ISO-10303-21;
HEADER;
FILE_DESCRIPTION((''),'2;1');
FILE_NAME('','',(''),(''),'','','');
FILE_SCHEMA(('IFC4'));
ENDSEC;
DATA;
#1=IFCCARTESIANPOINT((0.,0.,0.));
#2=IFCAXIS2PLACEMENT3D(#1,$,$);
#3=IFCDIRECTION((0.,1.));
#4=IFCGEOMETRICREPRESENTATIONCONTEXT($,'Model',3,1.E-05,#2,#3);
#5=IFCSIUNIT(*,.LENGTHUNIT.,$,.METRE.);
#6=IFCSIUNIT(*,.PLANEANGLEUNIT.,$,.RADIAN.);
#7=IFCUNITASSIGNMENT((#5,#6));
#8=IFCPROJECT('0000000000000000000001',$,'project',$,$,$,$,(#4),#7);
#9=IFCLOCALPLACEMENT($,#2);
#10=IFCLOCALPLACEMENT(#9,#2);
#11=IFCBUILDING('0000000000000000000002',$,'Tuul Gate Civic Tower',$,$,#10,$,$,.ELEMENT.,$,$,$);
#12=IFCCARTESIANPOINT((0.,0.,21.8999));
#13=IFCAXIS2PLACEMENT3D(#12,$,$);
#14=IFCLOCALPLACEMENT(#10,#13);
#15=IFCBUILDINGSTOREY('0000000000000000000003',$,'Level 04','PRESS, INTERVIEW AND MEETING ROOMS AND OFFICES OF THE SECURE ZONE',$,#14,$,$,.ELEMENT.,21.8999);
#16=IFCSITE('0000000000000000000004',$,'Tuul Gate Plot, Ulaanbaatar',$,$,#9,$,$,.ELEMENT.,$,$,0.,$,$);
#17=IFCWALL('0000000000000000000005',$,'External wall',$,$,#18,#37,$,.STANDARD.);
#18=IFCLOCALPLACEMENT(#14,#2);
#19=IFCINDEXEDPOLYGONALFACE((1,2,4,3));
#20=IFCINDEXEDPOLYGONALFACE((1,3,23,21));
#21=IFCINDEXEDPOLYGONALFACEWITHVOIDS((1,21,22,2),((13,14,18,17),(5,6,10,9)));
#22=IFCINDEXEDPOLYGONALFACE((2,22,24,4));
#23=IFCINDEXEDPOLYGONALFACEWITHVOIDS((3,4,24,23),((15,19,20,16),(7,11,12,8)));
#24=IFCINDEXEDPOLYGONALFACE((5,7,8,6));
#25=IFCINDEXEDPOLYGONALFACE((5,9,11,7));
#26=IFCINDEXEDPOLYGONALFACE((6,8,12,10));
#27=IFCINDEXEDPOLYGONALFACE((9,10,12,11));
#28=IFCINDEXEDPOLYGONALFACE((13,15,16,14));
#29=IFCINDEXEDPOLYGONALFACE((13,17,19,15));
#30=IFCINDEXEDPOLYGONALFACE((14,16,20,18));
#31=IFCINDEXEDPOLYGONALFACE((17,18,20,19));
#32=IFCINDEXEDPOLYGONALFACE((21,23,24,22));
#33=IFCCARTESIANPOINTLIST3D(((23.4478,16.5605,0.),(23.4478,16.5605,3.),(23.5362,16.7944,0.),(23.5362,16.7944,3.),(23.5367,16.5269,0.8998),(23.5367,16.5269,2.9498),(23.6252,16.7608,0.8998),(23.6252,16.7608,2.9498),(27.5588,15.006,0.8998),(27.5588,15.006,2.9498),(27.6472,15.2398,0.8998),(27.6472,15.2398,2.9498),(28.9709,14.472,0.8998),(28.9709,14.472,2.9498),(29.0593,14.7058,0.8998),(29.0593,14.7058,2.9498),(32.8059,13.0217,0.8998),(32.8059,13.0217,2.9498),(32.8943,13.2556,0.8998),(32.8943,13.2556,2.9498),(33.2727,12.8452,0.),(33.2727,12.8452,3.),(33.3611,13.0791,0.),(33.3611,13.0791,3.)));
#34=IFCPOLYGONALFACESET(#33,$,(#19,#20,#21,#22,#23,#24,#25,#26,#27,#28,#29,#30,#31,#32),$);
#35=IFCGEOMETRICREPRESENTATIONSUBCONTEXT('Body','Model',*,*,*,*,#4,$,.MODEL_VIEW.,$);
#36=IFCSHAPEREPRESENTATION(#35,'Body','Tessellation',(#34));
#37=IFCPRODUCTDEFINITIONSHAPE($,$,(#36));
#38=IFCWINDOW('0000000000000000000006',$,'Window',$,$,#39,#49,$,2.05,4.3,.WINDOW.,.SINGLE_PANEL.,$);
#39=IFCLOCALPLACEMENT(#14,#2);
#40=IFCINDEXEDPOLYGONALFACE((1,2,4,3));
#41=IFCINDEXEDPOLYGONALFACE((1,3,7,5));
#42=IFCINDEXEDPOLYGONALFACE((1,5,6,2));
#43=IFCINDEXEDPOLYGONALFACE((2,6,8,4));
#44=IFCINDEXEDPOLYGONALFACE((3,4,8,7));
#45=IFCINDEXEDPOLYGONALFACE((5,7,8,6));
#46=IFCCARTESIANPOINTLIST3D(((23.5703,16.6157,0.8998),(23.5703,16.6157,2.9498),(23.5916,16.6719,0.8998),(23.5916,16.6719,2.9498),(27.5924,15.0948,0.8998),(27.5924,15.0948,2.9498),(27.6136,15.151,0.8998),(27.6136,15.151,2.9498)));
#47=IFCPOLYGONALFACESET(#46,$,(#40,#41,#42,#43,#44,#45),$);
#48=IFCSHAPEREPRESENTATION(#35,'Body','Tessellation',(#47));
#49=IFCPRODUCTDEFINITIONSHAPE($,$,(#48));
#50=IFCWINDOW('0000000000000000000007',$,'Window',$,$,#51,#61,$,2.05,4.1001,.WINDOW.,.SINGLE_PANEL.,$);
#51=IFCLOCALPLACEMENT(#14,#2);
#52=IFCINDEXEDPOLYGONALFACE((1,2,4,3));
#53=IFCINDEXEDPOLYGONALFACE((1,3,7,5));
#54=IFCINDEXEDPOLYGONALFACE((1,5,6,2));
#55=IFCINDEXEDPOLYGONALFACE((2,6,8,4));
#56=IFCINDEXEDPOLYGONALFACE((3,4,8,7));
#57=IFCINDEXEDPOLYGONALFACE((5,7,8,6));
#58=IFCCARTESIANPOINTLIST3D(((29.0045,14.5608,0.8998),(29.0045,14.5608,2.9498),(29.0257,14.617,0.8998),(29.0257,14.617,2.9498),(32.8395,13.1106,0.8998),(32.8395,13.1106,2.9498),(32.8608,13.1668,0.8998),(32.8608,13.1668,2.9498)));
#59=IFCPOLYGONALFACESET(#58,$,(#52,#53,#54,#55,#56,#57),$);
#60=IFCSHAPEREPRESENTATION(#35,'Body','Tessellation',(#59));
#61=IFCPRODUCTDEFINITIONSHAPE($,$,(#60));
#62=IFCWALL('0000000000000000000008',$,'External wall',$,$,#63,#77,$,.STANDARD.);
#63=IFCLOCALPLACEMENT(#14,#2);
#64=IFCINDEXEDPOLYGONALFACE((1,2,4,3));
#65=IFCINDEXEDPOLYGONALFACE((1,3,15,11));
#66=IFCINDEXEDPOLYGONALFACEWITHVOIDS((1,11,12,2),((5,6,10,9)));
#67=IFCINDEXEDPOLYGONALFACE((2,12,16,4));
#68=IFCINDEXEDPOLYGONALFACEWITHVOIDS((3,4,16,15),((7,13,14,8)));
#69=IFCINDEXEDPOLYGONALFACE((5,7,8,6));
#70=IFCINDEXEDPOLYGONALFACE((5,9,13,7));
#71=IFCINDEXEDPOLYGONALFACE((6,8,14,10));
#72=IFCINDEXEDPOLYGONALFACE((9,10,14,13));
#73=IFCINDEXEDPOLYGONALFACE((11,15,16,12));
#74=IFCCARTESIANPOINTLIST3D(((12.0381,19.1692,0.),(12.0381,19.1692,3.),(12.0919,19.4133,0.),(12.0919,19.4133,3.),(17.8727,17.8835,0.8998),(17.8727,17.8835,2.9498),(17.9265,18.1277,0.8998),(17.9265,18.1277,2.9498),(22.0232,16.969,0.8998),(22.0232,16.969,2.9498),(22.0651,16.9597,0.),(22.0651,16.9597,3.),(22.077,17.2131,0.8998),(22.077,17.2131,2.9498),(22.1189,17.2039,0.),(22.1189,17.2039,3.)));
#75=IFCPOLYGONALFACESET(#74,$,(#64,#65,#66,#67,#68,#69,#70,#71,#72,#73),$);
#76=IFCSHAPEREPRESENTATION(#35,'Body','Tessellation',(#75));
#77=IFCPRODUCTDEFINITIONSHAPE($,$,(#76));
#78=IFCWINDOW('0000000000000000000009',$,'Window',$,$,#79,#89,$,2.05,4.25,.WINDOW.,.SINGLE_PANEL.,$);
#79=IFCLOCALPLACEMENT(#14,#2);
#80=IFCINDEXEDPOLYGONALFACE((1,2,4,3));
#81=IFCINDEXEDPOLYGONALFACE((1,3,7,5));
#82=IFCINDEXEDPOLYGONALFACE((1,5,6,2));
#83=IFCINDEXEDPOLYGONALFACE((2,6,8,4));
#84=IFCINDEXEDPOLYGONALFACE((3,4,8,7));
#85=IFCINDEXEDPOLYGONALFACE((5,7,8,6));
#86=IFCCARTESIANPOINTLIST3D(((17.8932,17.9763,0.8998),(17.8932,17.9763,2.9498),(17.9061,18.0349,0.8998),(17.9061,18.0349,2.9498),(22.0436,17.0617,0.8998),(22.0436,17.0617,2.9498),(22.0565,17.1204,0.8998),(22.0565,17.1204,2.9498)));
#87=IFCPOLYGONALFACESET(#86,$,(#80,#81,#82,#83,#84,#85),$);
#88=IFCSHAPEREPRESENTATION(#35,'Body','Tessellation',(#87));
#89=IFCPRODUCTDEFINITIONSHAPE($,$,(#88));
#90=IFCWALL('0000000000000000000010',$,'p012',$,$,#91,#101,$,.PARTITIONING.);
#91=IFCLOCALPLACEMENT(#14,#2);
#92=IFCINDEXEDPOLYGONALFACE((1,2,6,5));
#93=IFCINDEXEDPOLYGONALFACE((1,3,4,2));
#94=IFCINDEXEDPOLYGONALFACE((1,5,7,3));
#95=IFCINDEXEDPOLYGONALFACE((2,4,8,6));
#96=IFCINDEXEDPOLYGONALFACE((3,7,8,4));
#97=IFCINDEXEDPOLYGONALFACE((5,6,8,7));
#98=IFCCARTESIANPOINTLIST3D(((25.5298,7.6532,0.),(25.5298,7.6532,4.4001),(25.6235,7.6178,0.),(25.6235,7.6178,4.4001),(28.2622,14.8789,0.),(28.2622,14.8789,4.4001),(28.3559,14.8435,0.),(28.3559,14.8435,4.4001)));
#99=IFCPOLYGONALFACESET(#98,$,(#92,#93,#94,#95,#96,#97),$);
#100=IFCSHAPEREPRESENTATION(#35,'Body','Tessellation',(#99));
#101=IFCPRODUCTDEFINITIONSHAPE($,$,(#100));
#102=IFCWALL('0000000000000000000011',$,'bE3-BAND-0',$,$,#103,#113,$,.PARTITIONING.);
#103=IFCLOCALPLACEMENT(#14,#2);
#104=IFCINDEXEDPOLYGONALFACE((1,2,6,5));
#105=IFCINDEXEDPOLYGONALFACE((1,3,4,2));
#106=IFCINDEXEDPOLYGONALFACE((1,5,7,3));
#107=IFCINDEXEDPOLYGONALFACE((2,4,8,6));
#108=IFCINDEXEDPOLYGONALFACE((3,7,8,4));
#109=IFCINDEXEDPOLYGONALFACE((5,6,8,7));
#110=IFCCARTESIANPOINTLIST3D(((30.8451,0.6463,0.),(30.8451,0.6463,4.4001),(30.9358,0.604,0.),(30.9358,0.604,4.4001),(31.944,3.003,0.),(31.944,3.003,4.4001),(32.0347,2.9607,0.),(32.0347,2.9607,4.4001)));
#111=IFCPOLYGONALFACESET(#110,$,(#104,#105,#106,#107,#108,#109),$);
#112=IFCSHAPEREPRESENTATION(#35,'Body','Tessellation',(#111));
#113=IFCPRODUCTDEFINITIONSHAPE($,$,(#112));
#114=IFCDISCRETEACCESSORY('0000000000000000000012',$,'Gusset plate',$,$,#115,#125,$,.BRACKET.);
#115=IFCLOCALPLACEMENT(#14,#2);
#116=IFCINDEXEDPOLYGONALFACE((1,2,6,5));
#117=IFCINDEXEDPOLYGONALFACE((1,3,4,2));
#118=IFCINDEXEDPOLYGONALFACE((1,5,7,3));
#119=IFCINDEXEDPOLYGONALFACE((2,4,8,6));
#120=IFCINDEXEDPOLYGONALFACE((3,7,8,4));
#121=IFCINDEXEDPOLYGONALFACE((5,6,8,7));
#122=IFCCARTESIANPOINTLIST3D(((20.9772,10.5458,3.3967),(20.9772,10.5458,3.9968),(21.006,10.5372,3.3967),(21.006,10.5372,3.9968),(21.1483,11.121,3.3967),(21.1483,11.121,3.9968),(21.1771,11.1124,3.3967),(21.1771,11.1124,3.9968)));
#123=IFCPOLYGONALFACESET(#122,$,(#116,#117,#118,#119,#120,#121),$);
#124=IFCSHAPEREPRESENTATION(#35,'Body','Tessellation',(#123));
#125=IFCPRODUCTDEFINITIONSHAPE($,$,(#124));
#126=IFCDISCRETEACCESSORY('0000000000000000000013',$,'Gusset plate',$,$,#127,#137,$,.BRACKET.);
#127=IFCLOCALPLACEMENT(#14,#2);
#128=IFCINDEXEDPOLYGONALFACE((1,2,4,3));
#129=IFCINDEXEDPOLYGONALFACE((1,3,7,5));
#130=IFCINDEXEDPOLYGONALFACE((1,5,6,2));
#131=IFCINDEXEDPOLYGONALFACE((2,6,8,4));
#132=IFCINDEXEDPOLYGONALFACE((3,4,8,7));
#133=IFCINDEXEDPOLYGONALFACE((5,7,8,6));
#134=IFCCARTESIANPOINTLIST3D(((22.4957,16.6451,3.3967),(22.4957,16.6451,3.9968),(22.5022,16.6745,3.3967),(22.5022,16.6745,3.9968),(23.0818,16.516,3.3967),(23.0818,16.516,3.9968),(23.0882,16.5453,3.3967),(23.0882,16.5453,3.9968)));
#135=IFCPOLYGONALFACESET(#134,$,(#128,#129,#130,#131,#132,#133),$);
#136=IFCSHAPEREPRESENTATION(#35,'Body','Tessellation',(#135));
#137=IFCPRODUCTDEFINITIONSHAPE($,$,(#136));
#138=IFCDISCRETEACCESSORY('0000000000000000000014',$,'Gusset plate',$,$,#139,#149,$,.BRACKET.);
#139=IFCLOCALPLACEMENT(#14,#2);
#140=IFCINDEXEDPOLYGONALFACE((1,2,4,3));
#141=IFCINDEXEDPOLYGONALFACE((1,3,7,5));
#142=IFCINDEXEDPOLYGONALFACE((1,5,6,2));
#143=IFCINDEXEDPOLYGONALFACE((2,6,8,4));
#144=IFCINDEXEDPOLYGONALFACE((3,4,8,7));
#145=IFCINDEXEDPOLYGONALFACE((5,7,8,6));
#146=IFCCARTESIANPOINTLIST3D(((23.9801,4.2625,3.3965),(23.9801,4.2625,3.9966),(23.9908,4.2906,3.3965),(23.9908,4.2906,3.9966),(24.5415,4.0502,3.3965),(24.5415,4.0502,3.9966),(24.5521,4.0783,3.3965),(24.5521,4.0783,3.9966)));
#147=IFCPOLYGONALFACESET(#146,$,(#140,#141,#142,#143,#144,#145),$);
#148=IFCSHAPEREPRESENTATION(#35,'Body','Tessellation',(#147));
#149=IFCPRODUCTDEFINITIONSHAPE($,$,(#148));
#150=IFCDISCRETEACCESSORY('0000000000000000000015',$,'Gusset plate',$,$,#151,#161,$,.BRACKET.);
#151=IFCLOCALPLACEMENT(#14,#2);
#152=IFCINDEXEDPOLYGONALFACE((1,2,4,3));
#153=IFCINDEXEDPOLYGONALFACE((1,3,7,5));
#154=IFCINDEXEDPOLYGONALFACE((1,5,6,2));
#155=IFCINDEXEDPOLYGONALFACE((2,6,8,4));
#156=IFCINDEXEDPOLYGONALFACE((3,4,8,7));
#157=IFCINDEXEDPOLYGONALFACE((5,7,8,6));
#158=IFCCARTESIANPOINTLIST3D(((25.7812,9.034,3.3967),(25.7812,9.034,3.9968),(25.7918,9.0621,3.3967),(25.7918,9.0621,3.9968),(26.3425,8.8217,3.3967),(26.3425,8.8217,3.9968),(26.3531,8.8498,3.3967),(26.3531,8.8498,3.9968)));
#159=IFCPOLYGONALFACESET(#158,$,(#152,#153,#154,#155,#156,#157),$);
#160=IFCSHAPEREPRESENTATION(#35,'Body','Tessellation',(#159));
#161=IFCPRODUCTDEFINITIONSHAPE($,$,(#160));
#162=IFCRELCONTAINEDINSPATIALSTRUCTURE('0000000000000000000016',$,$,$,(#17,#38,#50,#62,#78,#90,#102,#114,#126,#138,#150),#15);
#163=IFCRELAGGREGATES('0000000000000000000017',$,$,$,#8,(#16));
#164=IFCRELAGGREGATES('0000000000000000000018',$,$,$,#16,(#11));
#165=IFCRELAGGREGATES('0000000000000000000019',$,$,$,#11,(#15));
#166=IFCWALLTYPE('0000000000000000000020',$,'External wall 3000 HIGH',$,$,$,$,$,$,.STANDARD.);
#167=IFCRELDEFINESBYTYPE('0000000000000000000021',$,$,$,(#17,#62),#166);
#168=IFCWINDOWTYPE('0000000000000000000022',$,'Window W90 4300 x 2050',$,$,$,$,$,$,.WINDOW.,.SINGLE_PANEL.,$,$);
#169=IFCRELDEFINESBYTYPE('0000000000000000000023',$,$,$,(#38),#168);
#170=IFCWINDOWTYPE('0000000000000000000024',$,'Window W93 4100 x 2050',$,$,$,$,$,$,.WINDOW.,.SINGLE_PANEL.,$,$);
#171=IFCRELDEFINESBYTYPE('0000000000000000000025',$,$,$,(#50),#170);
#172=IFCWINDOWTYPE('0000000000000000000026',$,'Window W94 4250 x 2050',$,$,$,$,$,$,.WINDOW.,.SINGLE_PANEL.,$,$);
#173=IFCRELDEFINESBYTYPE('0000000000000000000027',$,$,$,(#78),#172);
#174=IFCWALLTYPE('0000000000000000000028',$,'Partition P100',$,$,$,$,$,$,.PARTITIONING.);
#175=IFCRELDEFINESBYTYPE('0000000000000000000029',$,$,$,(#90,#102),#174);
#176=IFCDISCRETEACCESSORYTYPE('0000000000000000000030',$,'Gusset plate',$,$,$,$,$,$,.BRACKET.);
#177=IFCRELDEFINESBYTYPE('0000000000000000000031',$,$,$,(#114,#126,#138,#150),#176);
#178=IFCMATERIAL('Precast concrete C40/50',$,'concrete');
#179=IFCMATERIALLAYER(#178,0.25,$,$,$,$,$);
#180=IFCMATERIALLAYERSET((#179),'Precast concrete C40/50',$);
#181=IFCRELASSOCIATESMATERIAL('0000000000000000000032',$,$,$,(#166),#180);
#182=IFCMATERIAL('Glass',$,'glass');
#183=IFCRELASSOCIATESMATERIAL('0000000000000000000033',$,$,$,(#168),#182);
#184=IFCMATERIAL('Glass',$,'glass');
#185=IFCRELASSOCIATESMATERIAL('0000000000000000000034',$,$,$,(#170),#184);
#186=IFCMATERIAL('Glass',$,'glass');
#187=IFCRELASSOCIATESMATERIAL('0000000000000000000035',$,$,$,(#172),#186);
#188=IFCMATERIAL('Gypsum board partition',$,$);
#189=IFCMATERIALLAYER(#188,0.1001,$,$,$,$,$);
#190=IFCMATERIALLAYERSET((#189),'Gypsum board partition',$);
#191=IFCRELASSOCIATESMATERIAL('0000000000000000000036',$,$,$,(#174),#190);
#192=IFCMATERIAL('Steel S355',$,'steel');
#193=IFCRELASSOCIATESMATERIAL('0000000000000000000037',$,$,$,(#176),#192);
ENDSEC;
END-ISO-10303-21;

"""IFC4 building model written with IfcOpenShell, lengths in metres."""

from ifc_helpers import new_model, si_unit, direction, frame, frame_2d, origin, origin_2d, place, context, subcontext, project, spatial, rectangle, extrude, material, layer, layer_set, type_object, element, fill, save


model = new_model("IFC4")

# Units and contexts
model_context = context("Model", 3, precision=1e-05, world=origin(), true_north=direction((0.0, 1.0)))
body_context = subcontext(model_context, "Body", "Model", "MODEL_VIEW")
ifc_project = project(units=[si_unit("LENGTHUNIT", "METRE"), si_unit("PLANEANGLEUNIT", "RADIAN")], contexts=[model_context])

# Site, building, storey
site_placement = place(None, origin())
site = spatial("IfcSite", under=ifc_project, at=site_placement, Name="Tuul Gate Plot, Ulaanbaatar", CompositionType="ELEMENT", RefElevation=0.0)
building_placement = place(site_placement, origin())
building = spatial("IfcBuilding", under=site, at=building_placement, Name="Tuul Gate Civic Tower", CompositionType="ELEMENT")
storey_placement = place(building_placement, frame((0.0, 0.0, 21.8999)))
storey = spatial("IfcBuildingStorey", under=building, at=storey_placement, Name="Level 04", Description="PRESS, INTERVIEW AND MEETING ROOMS AND OFFICES OF THE SECURE ZONE", CompositionType="ELEMENT", Elevation=21.8999)

# Wall, openings, windows
ifc_material_1 = material(Name="Precast concrete C40/50", Category="concrete")
ifc_layer_1 = layer(ifc_material_1, 0.25)
ifc_layer_set_1 = layer_set([ifc_layer_1], Name="Precast concrete C40/50")
wall_type_1 = type_object("IfcWallType", Name="External wall 3000 HIGH", PredefinedType="STANDARD", material=ifc_layer_set_1)
wall_1_placement = place(storey_placement, frame((33.3169, 12.9622, 0.0), z_axis=(0.0, 0.0, 1.0), x_axis=(-0.935356, 0.353707, 0.0)))
wall_1 = element("IfcWall", 1, at=wall_1_placement, inside=storey, type_object=wall_type_1, Name="External wall", PredefinedType="STANDARD", context=body_context, shape_type="SweptSolid", body=[
    extrude(rectangle(XDim=10.5039, YDim=0.25, at=frame_2d((5.252, 0.0))), origin(), (0.0, 0.0, 1.0), 3.0),
])
opening_1_placement = place(wall_1_placement, frame((0.499, 0.0, 0.8999)))
opening_1 = element("IfcOpeningElement", 2, at=opening_1_placement, cuts=wall_1, PredefinedType="OPENING", context=body_context, shape_type="SweptSolid", body=[
    extrude(rectangle(XDim=4.1001, YDim=2.05, at=frame_2d((2.05, 1.0249))), frame((0.0, 0.135, 0.0), z_axis=(0.0, -1.0, 0.0), x_axis=(1.0, 0.0, 0.0)), (0.0, 0.0, 1.0), 0.27),
])
opening_2_placement = place(wall_1_placement, frame((6.1089, 0.0, 0.8999)))
opening_2 = element("IfcOpeningElement", 3, at=opening_2_placement, cuts=wall_1, PredefinedType="OPENING", context=body_context, shape_type="SweptSolid", body=[
    extrude(rectangle(XDim=4.3, YDim=2.05, at=frame_2d((2.1499, 1.0249))), frame((0.0, 0.135, 0.0), z_axis=(0.0, -1.0, 0.0), x_axis=(1.0, 0.0, 0.0)), (0.0, 0.0, 1.0), 0.27),
])
ifc_material_2 = material(Name="Glass", Category="glass")
window_type_1 = type_object("IfcWindowType", Name="Window W90 4300 x 2050", PartitioningType="SINGLE_PANEL", PredefinedType="WINDOW", material=ifc_material_2)
window_1_placement = place(opening_2_placement, origin())
window_1 = element("IfcWindow", 4, at=window_1_placement, inside=storey, type_object=window_type_1, Name="Window", OverallHeight=2.05, OverallWidth=4.3, PartitioningType="SINGLE_PANEL", PredefinedType="WINDOW", context=body_context, shape_type="SweptSolid", body=[
    extrude(rectangle(XDim=4.3, YDim=2.05, at=frame_2d((2.1499, 1.0249))), frame((0.0, 0.03, 0.0), z_axis=(0.0, -1.0, 0.0), x_axis=(1.0, 0.0, 0.0)), (0.0, 0.0, 1.0), 0.0601),
])
fill(opening_2, window_1)
ifc_material_3 = material(Name="Glass", Category="glass")
window_type_2 = type_object("IfcWindowType", Name="Window W93 4100 x 2050", PartitioningType="SINGLE_PANEL", PredefinedType="WINDOW", material=ifc_material_3)
window_2_placement = place(opening_1_placement, origin())
window_2 = element("IfcWindow", 5, at=window_2_placement, inside=storey, type_object=window_type_2, Name="Window", OverallHeight=2.05, OverallWidth=4.1001, PartitioningType="SINGLE_PANEL", PredefinedType="WINDOW", context=body_context, shape_type="SweptSolid", body=[
    extrude(rectangle(XDim=4.1001, YDim=2.05, at=frame_2d((2.05, 1.0249))), frame((0.0, 0.03, 0.0), z_axis=(0.0, -1.0, 0.0), x_axis=(1.0, 0.0, 0.0)), (0.0, 0.0, 1.0), 0.0601),
])
fill(opening_1, window_2)

# Wall, opening, window
wall_2_placement = place(storey_placement, frame((22.092, 17.0818, 0.0), z_axis=(0.0, 0.0, 1.0), x_axis=(-0.976573, 0.215188, 0.0)))
wall_2 = element("IfcWall", 6, at=wall_2_placement, inside=storey, type_object=wall_type_1, Name="External wall", PredefinedType="STANDARD", context=body_context, shape_type="SweptSolid", body=[
    extrude(rectangle(XDim=10.2676, YDim=0.25, at=frame_2d((5.1338, 0.0))), origin(), (0.0, 0.0, 1.0), 3.0),
])
opening_3_placement = place(wall_2_placement, frame((0.043, 0.0, 0.8999)))
opening_3 = element("IfcOpeningElement", 7, at=opening_3_placement, cuts=wall_2, PredefinedType="OPENING", context=body_context, shape_type="SweptSolid", body=[
    extrude(rectangle(XDim=4.25, YDim=2.05, at=frame_2d((2.125, 1.0249))), frame((0.0, 0.135, 0.0), z_axis=(0.0, -1.0, 0.0), x_axis=(1.0, 0.0, 0.0)), (0.0, 0.0, 1.0), 0.27),
])
ifc_material_4 = material(Name="Glass", Category="glass")
window_type_3 = type_object("IfcWindowType", Name="Window W94 4250 x 2050", PartitioningType="SINGLE_PANEL", PredefinedType="WINDOW", material=ifc_material_4)
window_3_placement = place(opening_3_placement, origin())
window_3 = element("IfcWindow", 8, at=window_3_placement, inside=storey, type_object=window_type_3, Name="Window", OverallHeight=2.05, OverallWidth=4.25, PartitioningType="SINGLE_PANEL", PredefinedType="WINDOW", context=body_context, shape_type="SweptSolid", body=[
    extrude(rectangle(XDim=4.25, YDim=2.05, at=frame_2d((2.125, 1.0249))), frame((0.0, 0.03, 0.0), z_axis=(0.0, -1.0, 0.0), x_axis=(1.0, 0.0, 0.0)), (0.0, 0.0, 1.0), 0.0601),
])
fill(opening_3, window_3)

# Walls
ifc_material_5 = material(Name="Gypsum board partition")
ifc_layer_2 = layer(ifc_material_5, 0.1001)
ifc_layer_set_2 = layer_set([ifc_layer_2], Name="Gypsum board partition")
wall_type_2 = type_object("IfcWallType", Name="Partition P100", PredefinedType="PARTITIONING", material=ifc_layer_set_2)
wall_3_placement = place(storey_placement, frame((25.5767, 7.6355, 0.0), z_axis=(0.0, 0.0, 1.0), x_axis=(0.353702, 0.935358, 0.0)))
element("IfcWall", 9, at=wall_3_placement, inside=storey, type_object=wall_type_2, Name="p012", PredefinedType="PARTITIONING", context=body_context, shape_type="SweptSolid", body=[
    extrude(rectangle(XDim=7.7251, YDim=0.1001, at=frame_2d((3.8625, 0.0))), origin(), (0.0, 0.0, 1.0), 4.4001),
])
wall_4_placement = place(storey_placement, frame((30.8904, 0.625, 0.0), z_axis=(0.0, 0.0, 1.0), x_axis=(0.422598, 0.906317, 0.0)))
element("IfcWall", 10, at=wall_4_placement, inside=storey, type_object=wall_type_2, Name="bE3-BAND-0", PredefinedType="PARTITIONING", context=body_context, shape_type="SweptSolid", body=[
    extrude(rectangle(XDim=2.6003, YDim=0.1001, at=frame_2d((1.3003, 0.0))), origin(), (0.0, 0.0, 1.0), 4.4001),
])

# Discrete accessories
ifc_material_6 = material(Name="Steel S355", Category="steel")
discrete_accessory_type = type_object("IfcDiscreteAccessoryType", Name="Gusset plate", PredefinedType="BRACKET", material=ifc_material_6)
for number, where, z_axis, x_axis, name in (
    (11, (21.0771, 10.8291, 3.3967), (0.0, 0.0, 1.0), (0.285196, 0.958469, 0.0), "Gusset plate"),
    (12, (22.792, 16.5952, 3.3967), (0.0, 0.0, 1.0), (-0.976567, 0.215215, 0.0), "Gusset plate"),
    (13, (24.2661, 4.1704, 3.3965), (0.0, 0.0, 1.0), (-0.935366, 0.35368, 0.0), "Gusset plate"),
    (14, (26.0671, 8.9419, 3.3967), (0.0, 0.0, 1.0), (0.935344, -0.353739, 0.0), "Gusset plate"),
):
    element("IfcDiscreteAccessory", number, at=place(storey_placement, frame(where, z_axis=z_axis, x_axis=x_axis)), inside=storey, type_object=discrete_accessory_type, Name=name, PredefinedType="BRACKET", context=body_context, shape_type="SweptSolid", body=[
        extrude(rectangle(XDim=0.6001, YDim=0.03, at=origin_2d()), origin(), (0.0, 0.0, 1.0), 0.6001),
    ])

save(model, "model.ifc")
